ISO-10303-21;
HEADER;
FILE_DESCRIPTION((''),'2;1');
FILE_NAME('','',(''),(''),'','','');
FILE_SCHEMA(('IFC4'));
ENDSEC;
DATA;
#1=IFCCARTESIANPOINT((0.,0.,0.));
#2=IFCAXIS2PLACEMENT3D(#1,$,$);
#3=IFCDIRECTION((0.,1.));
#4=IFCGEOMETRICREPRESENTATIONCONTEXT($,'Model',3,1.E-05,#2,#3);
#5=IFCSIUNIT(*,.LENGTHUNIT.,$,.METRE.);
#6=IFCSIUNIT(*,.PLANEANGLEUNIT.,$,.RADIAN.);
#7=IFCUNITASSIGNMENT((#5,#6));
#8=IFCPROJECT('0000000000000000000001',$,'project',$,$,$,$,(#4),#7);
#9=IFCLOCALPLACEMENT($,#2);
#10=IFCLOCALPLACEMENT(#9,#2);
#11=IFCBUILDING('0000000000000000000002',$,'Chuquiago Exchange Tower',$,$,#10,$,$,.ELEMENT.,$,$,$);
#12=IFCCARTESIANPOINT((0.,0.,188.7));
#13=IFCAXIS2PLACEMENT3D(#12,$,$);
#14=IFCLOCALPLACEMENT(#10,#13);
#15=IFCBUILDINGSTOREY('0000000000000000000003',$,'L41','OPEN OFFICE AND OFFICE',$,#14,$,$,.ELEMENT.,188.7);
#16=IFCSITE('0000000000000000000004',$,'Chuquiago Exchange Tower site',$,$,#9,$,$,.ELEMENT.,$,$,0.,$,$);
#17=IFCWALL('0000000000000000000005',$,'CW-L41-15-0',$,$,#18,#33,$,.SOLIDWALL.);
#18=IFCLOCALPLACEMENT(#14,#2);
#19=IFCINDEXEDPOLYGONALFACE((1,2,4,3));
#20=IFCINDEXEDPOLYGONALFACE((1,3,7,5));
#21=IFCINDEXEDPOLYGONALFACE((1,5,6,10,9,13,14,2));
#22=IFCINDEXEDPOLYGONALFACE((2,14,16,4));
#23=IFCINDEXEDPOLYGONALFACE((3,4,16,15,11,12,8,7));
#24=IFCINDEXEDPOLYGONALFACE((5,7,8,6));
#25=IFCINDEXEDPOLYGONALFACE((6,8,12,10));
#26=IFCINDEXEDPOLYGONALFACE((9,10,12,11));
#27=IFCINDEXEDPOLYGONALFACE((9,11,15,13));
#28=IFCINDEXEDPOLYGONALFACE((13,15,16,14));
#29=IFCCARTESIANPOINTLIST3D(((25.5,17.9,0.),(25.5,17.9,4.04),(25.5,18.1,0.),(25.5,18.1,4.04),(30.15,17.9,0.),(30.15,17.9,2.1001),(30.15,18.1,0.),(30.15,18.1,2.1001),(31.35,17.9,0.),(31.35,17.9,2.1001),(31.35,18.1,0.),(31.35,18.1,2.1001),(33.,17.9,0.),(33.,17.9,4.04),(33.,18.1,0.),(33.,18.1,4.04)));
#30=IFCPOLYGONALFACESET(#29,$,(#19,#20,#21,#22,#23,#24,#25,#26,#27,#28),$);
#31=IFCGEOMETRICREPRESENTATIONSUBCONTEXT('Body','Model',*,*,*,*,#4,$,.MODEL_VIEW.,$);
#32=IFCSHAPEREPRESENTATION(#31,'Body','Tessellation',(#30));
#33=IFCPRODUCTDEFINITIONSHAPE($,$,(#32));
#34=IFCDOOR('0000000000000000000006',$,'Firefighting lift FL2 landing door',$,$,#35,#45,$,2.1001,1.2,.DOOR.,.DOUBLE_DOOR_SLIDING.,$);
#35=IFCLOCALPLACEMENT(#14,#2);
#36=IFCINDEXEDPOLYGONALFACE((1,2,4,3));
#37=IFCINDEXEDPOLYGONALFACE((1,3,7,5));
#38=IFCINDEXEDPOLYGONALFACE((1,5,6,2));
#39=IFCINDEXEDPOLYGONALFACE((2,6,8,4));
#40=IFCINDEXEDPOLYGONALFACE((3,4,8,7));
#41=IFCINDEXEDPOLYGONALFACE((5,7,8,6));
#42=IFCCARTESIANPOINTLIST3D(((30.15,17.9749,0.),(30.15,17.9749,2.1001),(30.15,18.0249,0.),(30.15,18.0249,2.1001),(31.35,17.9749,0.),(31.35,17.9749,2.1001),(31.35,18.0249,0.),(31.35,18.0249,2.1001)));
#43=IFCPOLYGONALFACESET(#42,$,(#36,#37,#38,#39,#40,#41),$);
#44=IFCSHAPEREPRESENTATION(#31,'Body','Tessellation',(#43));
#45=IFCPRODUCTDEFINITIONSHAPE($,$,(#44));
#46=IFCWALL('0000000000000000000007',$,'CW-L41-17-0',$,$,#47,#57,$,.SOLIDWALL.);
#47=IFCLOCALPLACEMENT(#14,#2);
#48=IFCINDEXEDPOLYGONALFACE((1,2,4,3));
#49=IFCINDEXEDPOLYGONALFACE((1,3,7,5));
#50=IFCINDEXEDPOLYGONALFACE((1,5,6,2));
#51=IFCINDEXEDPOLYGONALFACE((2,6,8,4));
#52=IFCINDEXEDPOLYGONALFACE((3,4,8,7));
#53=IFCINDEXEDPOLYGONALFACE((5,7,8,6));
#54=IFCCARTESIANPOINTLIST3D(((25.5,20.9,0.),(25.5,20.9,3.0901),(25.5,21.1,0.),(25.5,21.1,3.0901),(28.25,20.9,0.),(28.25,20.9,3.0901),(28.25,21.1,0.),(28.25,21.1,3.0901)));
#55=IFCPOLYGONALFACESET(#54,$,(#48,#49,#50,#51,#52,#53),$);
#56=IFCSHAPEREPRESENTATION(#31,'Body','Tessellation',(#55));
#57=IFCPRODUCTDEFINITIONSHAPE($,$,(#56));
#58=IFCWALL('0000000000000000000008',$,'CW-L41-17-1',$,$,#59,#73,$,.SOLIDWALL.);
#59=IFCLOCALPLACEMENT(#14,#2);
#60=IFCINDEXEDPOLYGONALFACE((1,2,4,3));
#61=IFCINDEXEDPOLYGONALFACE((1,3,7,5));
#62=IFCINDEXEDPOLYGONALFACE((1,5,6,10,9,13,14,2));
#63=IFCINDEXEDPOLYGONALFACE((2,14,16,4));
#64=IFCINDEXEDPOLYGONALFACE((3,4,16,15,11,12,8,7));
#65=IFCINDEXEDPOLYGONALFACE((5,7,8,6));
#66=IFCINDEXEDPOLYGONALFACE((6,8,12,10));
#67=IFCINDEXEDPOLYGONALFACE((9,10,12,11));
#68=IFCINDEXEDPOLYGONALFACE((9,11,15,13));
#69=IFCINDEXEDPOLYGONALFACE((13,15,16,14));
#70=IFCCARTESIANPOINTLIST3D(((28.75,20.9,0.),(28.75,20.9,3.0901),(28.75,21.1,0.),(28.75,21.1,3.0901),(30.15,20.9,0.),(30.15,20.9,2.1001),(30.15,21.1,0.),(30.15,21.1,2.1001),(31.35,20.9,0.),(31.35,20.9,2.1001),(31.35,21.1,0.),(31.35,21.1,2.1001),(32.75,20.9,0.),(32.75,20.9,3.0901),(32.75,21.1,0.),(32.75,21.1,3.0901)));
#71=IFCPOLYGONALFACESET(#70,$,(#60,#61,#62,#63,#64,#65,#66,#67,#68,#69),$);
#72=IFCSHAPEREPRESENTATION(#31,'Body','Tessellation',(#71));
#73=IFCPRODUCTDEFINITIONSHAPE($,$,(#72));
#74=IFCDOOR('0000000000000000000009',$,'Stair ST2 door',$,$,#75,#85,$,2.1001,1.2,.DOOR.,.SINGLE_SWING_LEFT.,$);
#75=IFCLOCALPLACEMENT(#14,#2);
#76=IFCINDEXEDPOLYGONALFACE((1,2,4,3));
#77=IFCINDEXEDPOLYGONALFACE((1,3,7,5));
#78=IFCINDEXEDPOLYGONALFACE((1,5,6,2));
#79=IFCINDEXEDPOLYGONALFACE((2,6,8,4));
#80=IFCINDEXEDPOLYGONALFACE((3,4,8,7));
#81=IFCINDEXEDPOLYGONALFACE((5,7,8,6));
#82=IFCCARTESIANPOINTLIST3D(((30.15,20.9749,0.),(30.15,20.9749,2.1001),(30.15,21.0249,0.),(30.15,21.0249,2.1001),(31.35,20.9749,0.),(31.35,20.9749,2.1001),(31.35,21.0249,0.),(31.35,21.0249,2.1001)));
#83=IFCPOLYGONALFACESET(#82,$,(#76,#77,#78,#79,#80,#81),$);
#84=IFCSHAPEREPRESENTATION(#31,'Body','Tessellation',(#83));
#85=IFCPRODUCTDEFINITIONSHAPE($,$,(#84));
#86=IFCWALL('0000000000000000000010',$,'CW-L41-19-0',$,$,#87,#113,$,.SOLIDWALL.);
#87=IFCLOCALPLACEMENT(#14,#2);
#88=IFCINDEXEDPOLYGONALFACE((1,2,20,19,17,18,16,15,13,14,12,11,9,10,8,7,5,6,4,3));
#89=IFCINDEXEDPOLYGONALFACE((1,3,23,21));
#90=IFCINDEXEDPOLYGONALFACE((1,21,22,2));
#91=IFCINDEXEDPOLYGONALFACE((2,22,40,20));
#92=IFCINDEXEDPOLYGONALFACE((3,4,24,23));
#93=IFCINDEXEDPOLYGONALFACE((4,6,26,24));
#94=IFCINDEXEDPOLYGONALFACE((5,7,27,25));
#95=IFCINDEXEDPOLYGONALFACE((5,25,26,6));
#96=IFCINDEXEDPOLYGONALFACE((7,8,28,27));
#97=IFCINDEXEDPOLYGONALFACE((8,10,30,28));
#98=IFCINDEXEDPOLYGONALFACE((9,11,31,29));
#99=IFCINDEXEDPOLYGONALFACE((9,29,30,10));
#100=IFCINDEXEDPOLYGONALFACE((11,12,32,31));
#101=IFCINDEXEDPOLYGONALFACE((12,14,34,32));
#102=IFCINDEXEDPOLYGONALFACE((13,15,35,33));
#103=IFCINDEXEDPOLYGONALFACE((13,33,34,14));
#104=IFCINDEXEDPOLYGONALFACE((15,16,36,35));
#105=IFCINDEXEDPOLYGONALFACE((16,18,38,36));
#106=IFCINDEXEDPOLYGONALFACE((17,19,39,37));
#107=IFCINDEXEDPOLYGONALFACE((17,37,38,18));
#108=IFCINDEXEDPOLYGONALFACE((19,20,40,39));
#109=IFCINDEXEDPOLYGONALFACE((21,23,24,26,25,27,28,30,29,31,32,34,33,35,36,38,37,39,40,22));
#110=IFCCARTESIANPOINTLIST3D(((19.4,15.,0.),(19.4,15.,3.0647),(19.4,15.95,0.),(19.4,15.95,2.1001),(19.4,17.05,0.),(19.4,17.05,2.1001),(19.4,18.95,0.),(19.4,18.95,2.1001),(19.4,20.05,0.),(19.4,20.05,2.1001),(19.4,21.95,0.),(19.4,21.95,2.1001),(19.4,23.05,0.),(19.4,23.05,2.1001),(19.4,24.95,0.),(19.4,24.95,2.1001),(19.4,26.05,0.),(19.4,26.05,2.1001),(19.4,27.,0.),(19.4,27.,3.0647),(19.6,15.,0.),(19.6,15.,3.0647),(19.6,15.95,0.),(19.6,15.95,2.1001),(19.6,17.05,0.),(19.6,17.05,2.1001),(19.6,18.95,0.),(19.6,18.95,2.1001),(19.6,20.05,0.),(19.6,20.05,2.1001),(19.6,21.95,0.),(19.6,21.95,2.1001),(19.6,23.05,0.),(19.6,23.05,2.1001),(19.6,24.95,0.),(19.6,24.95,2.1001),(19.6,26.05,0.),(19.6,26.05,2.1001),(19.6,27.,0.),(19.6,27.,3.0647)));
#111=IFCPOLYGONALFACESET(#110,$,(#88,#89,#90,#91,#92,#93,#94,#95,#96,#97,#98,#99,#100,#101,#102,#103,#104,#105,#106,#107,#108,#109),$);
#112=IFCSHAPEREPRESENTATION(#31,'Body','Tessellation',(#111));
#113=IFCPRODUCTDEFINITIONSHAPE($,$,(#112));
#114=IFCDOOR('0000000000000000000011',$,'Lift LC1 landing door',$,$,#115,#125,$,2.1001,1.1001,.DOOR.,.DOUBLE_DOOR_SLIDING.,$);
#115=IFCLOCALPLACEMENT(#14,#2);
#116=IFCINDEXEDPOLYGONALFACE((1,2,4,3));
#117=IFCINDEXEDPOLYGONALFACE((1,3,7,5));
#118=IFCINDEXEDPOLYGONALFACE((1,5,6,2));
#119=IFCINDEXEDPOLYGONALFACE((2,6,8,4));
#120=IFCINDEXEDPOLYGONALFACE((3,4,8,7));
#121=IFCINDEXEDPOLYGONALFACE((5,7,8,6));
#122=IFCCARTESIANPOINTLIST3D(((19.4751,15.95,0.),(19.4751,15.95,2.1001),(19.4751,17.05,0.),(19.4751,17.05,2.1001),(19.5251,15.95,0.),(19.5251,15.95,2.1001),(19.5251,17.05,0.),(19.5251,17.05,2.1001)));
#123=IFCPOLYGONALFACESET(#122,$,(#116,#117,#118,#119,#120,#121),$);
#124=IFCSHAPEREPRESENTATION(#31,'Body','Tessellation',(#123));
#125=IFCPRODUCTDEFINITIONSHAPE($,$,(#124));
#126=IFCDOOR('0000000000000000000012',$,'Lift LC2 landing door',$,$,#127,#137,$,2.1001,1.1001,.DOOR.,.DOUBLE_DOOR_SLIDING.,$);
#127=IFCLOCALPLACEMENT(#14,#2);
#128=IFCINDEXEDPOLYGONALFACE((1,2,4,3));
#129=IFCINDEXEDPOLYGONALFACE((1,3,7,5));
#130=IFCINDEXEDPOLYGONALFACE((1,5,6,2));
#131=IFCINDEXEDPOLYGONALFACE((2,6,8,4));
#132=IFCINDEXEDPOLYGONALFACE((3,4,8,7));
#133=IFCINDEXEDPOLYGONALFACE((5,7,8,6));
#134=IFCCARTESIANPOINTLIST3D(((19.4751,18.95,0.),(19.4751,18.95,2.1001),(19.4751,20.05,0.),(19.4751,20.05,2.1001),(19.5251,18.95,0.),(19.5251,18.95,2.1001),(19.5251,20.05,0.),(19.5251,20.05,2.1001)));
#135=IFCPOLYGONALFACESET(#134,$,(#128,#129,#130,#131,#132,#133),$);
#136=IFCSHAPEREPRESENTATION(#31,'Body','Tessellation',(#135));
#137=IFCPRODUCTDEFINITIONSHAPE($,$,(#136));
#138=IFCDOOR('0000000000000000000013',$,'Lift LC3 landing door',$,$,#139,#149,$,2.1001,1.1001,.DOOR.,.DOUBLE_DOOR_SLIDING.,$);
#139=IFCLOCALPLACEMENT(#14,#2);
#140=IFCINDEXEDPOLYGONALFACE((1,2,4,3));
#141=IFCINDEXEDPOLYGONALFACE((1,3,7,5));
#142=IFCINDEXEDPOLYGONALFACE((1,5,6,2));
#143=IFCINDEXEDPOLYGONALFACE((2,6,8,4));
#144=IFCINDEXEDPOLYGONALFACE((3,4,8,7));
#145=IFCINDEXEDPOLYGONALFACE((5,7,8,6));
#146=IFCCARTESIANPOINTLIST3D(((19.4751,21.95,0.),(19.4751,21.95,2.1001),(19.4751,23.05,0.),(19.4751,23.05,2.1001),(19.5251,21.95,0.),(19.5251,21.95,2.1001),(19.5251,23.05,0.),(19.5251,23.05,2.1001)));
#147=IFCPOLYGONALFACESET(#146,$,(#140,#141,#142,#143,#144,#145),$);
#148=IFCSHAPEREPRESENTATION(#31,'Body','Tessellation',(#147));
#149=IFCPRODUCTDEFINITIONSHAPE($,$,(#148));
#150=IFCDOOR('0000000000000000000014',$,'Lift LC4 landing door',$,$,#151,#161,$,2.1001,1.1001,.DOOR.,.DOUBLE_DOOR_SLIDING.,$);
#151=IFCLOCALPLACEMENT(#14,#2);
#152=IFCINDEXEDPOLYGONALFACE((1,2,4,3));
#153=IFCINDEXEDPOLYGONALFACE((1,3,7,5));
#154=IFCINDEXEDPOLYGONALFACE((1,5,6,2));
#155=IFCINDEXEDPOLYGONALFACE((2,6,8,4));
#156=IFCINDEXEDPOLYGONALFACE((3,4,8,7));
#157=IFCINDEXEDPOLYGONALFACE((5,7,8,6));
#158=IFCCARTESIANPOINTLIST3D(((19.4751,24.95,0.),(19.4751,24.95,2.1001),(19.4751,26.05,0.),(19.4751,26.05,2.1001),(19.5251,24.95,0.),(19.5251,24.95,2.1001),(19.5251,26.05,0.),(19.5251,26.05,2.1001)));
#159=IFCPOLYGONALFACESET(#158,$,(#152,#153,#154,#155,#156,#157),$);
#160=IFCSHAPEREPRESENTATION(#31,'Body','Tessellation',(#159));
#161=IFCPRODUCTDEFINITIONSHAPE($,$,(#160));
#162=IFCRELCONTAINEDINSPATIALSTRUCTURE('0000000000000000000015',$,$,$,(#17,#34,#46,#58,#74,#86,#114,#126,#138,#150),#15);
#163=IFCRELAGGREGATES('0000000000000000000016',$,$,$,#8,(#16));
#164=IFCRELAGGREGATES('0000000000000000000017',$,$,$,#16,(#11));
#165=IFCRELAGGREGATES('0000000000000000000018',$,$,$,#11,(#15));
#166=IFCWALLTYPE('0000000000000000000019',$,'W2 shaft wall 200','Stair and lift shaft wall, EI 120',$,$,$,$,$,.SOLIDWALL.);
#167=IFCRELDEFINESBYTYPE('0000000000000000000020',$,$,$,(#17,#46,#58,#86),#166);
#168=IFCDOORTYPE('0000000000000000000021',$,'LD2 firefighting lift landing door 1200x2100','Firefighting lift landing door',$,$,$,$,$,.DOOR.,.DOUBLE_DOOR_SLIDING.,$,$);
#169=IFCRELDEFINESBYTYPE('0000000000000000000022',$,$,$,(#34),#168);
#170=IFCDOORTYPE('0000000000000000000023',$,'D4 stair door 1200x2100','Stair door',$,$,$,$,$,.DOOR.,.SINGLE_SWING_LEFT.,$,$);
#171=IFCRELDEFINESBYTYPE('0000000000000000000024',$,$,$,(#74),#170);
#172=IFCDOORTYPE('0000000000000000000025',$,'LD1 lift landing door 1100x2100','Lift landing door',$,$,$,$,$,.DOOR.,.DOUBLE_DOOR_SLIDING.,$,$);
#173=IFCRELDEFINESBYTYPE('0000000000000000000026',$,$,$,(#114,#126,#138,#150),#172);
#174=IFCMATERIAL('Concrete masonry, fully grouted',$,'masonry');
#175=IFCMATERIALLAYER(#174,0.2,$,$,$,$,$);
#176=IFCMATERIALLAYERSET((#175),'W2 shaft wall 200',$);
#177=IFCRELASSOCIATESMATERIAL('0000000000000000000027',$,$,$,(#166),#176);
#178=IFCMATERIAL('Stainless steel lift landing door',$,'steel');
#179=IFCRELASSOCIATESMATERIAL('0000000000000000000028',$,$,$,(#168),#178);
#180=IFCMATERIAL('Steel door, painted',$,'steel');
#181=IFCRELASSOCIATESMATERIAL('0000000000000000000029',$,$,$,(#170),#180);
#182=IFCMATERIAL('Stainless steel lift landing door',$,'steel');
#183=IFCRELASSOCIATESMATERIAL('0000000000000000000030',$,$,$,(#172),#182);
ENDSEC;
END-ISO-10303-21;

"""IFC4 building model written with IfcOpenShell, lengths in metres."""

from ifc_helpers import new_model, si_unit, direction, frame, frame_2d, origin, place, context, subcontext, project, spatial, rectangle, extrude, material, layer, layer_set, type_object, element, fill, save


model = new_model("IFC4")

# Units and contexts
model_context = context("Model", 3, precision=1e-05, world=origin(), true_north=direction((0.0, 1.0)))
body_context = subcontext(model_context, "Body", "Model", "MODEL_VIEW")
ifc_project = project(units=[si_unit("LENGTHUNIT", "METRE"), si_unit("PLANEANGLEUNIT", "RADIAN")], contexts=[model_context])

# Site, building, storey
site_placement = place(None, origin())
site = spatial("IfcSite", under=ifc_project, at=site_placement, Name="Chuquiago Exchange Tower site", CompositionType="ELEMENT", RefElevation=0.0)
building_placement = place(site_placement, origin())
building = spatial("IfcBuilding", under=site, at=building_placement, Name="Chuquiago Exchange Tower", CompositionType="ELEMENT")
storey_placement = place(building_placement, frame((0.0, 0.0, 188.7)))
storey = spatial("IfcBuildingStorey", under=building, at=storey_placement, Name="L41", Description="OPEN OFFICE AND OFFICE", CompositionType="ELEMENT", Elevation=188.7)

# Shared definitions
ifc_material_1 = material(Name="Concrete masonry, fully grouted", Category="masonry")
ifc_layer_1 = layer(ifc_material_1, 0.2)
ifc_layer_set_1 = layer_set([ifc_layer_1], Name="W2 shaft wall 200")
wall_type_1 = type_object("IfcWallType", Name="W2 shaft wall 200", Description="Stair and lift shaft wall, EI 120", PredefinedType="SOLIDWALL", material=ifc_layer_set_1)

# Wall, opening, door
wall_1_placement = place(storey_placement, frame((25.5, 18.0, 0.0), z_axis=(0.0, 0.0, 1.0), x_axis=(1.0, 0.0, 0.0)))
wall_1 = element("IfcWall", 1, at=wall_1_placement, inside=storey, type_object=wall_type_1, Name="CW-L41-15-0", PredefinedType="SOLIDWALL", context=body_context, shape_type="SweptSolid", body=[
    extrude(rectangle(XDim=7.5, YDim=0.2, at=frame_2d((3.75, 0.0))), origin(), (0.0, 0.0, 1.0), 4.04),
])
opening_1_placement = place(wall_1_placement, frame((4.6499, 0.0, 0.0)))
opening_1 = element("IfcOpeningElement", 2, at=opening_1_placement, cuts=wall_1, PredefinedType="OPENING", context=body_context, shape_type="SweptSolid", body=[
    extrude(rectangle(XDim=1.2, YDim=2.1001, at=frame_2d((0.6001, 1.05))), frame((0.0, 0.1099, 0.0), z_axis=(0.0, -1.0, 0.0), x_axis=(1.0, 0.0, 0.0)), (0.0, 0.0, 1.0), 0.22),
])
ifc_material_2 = material(Name="Stainless steel lift landing door", Category="steel")
door_type_1 = type_object("IfcDoorType", Name="LD2 firefighting lift landing door 1200x2100", Description="Firefighting lift landing door", OperationType="DOUBLE_DOOR_SLIDING", PredefinedType="DOOR", material=ifc_material_2)
door_1_placement = place(opening_1_placement, origin())
door_1 = element("IfcDoor", 3, at=door_1_placement, inside=storey, type_object=door_type_1, Name="Firefighting lift FL2 landing door", OperationType="DOUBLE_DOOR_SLIDING", OverallHeight=2.1001, OverallWidth=1.2, PredefinedType="DOOR", context=body_context, shape_type="SweptSolid", body=[
    extrude(rectangle(XDim=1.2, YDim=2.1001, at=frame_2d((0.6001, 1.05))), frame((0.0, 0.0249, 0.0), z_axis=(0.0, -1.0, 0.0), x_axis=(1.0, 0.0, 0.0)), (0.0, 0.0, 1.0), 0.05),
])
fill(opening_1, door_1)

# Wall
wall_2_placement = place(storey_placement, frame((25.5, 21.0, 0.0), z_axis=(0.0, 0.0, 1.0), x_axis=(1.0, 0.0, 0.0)))
element("IfcWall", 4, at=wall_2_placement, inside=storey, type_object=wall_type_1, Name="CW-L41-17-0", PredefinedType="SOLIDWALL", context=body_context, shape_type="SweptSolid", body=[
    extrude(rectangle(XDim=2.75, YDim=0.2, at=frame_2d((1.375, 0.0))), origin(), (0.0, 0.0, 1.0), 3.0901),
])

# Wall, opening, door
wall_3_placement = place(storey_placement, frame((28.75, 21.0, 0.0), z_axis=(0.0, 0.0, 1.0), x_axis=(1.0, 0.0, 0.0)))
wall_3 = element("IfcWall", 5, at=wall_3_placement, inside=storey, type_object=wall_type_1, Name="CW-L41-17-1", PredefinedType="SOLIDWALL", context=body_context, shape_type="SweptSolid", body=[
    extrude(rectangle(XDim=4.0, YDim=0.2, at=frame_2d((2.0, 0.0))), origin(), (0.0, 0.0, 1.0), 3.0901),
])
opening_2_placement = place(wall_3_placement, frame((1.3999, 0.0, 0.0)))
opening_2 = element("IfcOpeningElement", 6, at=opening_2_placement, cuts=wall_3, PredefinedType="OPENING", context=body_context, shape_type="SweptSolid", body=[
    extrude(rectangle(XDim=1.2, YDim=2.1001, at=frame_2d((0.6001, 1.05))), frame((0.0, 0.1099, 0.0), z_axis=(0.0, -1.0, 0.0), x_axis=(1.0, 0.0, 0.0)), (0.0, 0.0, 1.0), 0.22),
])
ifc_material_3 = material(Name="Steel door, painted", Category="steel")
door_type_2 = type_object("IfcDoorType", Name="D4 stair door 1200x2100", Description="Stair door", OperationType="SINGLE_SWING_LEFT", PredefinedType="DOOR", material=ifc_material_3)
door_2_placement = place(opening_2_placement, origin())
door_2 = element("IfcDoor", 7, at=door_2_placement, inside=storey, type_object=door_type_2, Name="Stair ST2 door", OperationType="SINGLE_SWING_LEFT", OverallHeight=2.1001, OverallWidth=1.2, PredefinedType="DOOR", context=body_context, shape_type="SweptSolid", body=[
    extrude(rectangle(XDim=1.2, YDim=2.1001, at=frame_2d((0.6001, 1.05))), frame((0.0, 0.0249, 0.0), z_axis=(0.0, -1.0, 0.0), x_axis=(1.0, 0.0, 0.0)), (0.0, 0.0, 1.0), 0.05),
])
fill(opening_2, door_2)

# Wall, openings, doors
wall_4_placement = place(storey_placement, frame((19.5, 15.0, 0.0), z_axis=(0.0, 0.0, 1.0), x_axis=(0.0, 1.0, 0.0)))
wall_4 = element("IfcWall", 8, at=wall_4_placement, inside=storey, type_object=wall_type_1, Name="CW-L41-19-0", PredefinedType="SOLIDWALL", context=body_context, shape_type="SweptSolid", body=[
    extrude(rectangle(XDim=12.0, YDim=0.2, at=frame_2d((6.0, 0.0))), origin(), (0.0, 0.0, 1.0), 3.0647),
])
opening_3_placement = place(wall_4_placement, frame((0.95, 0.0, 0.0)))
opening_3 = element("IfcOpeningElement", 9, at=opening_3_placement, cuts=wall_4, PredefinedType="OPENING", context=body_context, shape_type="SweptSolid", body=[
    extrude(rectangle(XDim=1.1001, YDim=2.1001, at=frame_2d((0.55, 1.05))), frame((0.0, 0.1099, 0.0), z_axis=(0.0, -1.0, 0.0), x_axis=(1.0, 0.0, 0.0)), (0.0, 0.0, 1.0), 0.22),
])
opening_4_placement = place(wall_4_placement, frame((3.95, 0.0, 0.0)))
opening_4 = element("IfcOpeningElement", 10, at=opening_4_placement, cuts=wall_4, PredefinedType="OPENING", context=body_context, shape_type="SweptSolid", body=[
    extrude(rectangle(XDim=1.1001, YDim=2.1001, at=frame_2d((0.55, 1.05))), frame((0.0, 0.1099, 0.0), z_axis=(0.0, -1.0, 0.0), x_axis=(1.0, 0.0, 0.0)), (0.0, 0.0, 1.0), 0.22),
])
opening_5_placement = place(wall_4_placement, frame((6.95, 0.0, 0.0)))
opening_5 = element("IfcOpeningElement", 11, at=opening_5_placement, cuts=wall_4, PredefinedType="OPENING", context=body_context, shape_type="SweptSolid", body=[
    extrude(rectangle(XDim=1.1001, YDim=2.1001, at=frame_2d((0.55, 1.05))), frame((0.0, 0.1099, 0.0), z_axis=(0.0, -1.0, 0.0), x_axis=(1.0, 0.0, 0.0)), (0.0, 0.0, 1.0), 0.22),
])
opening_6_placement = place(wall_4_placement, frame((9.95, 0.0, 0.0)))
opening_6 = element("IfcOpeningElement", 12, at=opening_6_placement, cuts=wall_4, PredefinedType="OPENING", context=body_context, shape_type="SweptSolid", body=[
    extrude(rectangle(XDim=1.1001, YDim=2.1001, at=frame_2d((0.55, 1.05))), frame((0.0, 0.1099, 0.0), z_axis=(0.0, -1.0, 0.0), x_axis=(1.0, 0.0, 0.0)), (0.0, 0.0, 1.0), 0.22),
])
ifc_material_4 = material(Name="Stainless steel lift landing door", Category="steel")
door_type_3 = type_object("IfcDoorType", Name="LD1 lift landing door 1100x2100", Description="Lift landing door", OperationType="DOUBLE_DOOR_SLIDING", PredefinedType="DOOR", material=ifc_material_4)
door_3_placement = place(opening_3_placement, origin())
door_3 = element("IfcDoor", 13, at=door_3_placement, inside=storey, type_object=door_type_3, Name="Lift LC1 landing door", OperationType="DOUBLE_DOOR_SLIDING", OverallHeight=2.1001, OverallWidth=1.1001, PredefinedType="DOOR", context=body_context, shape_type="SweptSolid", body=[
    extrude(rectangle(XDim=1.1001, YDim=2.1001, at=frame_2d((0.55, 1.05))), frame((0.0, 0.0249, 0.0), z_axis=(0.0, -1.0, 0.0), x_axis=(1.0, 0.0, 0.0)), (0.0, 0.0, 1.0), 0.05),
])
fill(opening_3, door_3)
door_4_placement = place(opening_4_placement, origin())
door_4 = element("IfcDoor", 14, at=door_4_placement, inside=storey, type_object=door_type_3, Name="Lift LC2 landing door", OperationType="DOUBLE_DOOR_SLIDING", OverallHeight=2.1001, OverallWidth=1.1001, PredefinedType="DOOR", context=body_context, shape_type="SweptSolid", body=[
    extrude(rectangle(XDim=1.1001, YDim=2.1001, at=frame_2d((0.55, 1.05))), frame((0.0, 0.0249, 0.0), z_axis=(0.0, -1.0, 0.0), x_axis=(1.0, 0.0, 0.0)), (0.0, 0.0, 1.0), 0.05),
])
fill(opening_4, door_4)
door_5_placement = place(opening_5_placement, origin())
door_5 = element("IfcDoor", 15, at=door_5_placement, inside=storey, type_object=door_type_3, Name="Lift LC3 landing door", OperationType="DOUBLE_DOOR_SLIDING", OverallHeight=2.1001, OverallWidth=1.1001, PredefinedType="DOOR", context=body_context, shape_type="SweptSolid", body=[
    extrude(rectangle(XDim=1.1001, YDim=2.1001, at=frame_2d((0.55, 1.05))), frame((0.0, 0.0249, 0.0), z_axis=(0.0, -1.0, 0.0), x_axis=(1.0, 0.0, 0.0)), (0.0, 0.0, 1.0), 0.05),
])
fill(opening_5, door_5)
door_6_placement = place(opening_6_placement, origin())
door_6 = element("IfcDoor", 16, at=door_6_placement, inside=storey, type_object=door_type_3, Name="Lift LC4 landing door", OperationType="DOUBLE_DOOR_SLIDING", OverallHeight=2.1001, OverallWidth=1.1001, PredefinedType="DOOR", context=body_context, shape_type="SweptSolid", body=[
    extrude(rectangle(XDim=1.1001, YDim=2.1001, at=frame_2d((0.55, 1.05))), frame((0.0, 0.0249, 0.0), z_axis=(0.0, -1.0, 0.0), x_axis=(1.0, 0.0, 0.0)), (0.0, 0.0, 1.0), 0.05),
])
fill(opening_6, door_6)

save(model, "model.ifc")
